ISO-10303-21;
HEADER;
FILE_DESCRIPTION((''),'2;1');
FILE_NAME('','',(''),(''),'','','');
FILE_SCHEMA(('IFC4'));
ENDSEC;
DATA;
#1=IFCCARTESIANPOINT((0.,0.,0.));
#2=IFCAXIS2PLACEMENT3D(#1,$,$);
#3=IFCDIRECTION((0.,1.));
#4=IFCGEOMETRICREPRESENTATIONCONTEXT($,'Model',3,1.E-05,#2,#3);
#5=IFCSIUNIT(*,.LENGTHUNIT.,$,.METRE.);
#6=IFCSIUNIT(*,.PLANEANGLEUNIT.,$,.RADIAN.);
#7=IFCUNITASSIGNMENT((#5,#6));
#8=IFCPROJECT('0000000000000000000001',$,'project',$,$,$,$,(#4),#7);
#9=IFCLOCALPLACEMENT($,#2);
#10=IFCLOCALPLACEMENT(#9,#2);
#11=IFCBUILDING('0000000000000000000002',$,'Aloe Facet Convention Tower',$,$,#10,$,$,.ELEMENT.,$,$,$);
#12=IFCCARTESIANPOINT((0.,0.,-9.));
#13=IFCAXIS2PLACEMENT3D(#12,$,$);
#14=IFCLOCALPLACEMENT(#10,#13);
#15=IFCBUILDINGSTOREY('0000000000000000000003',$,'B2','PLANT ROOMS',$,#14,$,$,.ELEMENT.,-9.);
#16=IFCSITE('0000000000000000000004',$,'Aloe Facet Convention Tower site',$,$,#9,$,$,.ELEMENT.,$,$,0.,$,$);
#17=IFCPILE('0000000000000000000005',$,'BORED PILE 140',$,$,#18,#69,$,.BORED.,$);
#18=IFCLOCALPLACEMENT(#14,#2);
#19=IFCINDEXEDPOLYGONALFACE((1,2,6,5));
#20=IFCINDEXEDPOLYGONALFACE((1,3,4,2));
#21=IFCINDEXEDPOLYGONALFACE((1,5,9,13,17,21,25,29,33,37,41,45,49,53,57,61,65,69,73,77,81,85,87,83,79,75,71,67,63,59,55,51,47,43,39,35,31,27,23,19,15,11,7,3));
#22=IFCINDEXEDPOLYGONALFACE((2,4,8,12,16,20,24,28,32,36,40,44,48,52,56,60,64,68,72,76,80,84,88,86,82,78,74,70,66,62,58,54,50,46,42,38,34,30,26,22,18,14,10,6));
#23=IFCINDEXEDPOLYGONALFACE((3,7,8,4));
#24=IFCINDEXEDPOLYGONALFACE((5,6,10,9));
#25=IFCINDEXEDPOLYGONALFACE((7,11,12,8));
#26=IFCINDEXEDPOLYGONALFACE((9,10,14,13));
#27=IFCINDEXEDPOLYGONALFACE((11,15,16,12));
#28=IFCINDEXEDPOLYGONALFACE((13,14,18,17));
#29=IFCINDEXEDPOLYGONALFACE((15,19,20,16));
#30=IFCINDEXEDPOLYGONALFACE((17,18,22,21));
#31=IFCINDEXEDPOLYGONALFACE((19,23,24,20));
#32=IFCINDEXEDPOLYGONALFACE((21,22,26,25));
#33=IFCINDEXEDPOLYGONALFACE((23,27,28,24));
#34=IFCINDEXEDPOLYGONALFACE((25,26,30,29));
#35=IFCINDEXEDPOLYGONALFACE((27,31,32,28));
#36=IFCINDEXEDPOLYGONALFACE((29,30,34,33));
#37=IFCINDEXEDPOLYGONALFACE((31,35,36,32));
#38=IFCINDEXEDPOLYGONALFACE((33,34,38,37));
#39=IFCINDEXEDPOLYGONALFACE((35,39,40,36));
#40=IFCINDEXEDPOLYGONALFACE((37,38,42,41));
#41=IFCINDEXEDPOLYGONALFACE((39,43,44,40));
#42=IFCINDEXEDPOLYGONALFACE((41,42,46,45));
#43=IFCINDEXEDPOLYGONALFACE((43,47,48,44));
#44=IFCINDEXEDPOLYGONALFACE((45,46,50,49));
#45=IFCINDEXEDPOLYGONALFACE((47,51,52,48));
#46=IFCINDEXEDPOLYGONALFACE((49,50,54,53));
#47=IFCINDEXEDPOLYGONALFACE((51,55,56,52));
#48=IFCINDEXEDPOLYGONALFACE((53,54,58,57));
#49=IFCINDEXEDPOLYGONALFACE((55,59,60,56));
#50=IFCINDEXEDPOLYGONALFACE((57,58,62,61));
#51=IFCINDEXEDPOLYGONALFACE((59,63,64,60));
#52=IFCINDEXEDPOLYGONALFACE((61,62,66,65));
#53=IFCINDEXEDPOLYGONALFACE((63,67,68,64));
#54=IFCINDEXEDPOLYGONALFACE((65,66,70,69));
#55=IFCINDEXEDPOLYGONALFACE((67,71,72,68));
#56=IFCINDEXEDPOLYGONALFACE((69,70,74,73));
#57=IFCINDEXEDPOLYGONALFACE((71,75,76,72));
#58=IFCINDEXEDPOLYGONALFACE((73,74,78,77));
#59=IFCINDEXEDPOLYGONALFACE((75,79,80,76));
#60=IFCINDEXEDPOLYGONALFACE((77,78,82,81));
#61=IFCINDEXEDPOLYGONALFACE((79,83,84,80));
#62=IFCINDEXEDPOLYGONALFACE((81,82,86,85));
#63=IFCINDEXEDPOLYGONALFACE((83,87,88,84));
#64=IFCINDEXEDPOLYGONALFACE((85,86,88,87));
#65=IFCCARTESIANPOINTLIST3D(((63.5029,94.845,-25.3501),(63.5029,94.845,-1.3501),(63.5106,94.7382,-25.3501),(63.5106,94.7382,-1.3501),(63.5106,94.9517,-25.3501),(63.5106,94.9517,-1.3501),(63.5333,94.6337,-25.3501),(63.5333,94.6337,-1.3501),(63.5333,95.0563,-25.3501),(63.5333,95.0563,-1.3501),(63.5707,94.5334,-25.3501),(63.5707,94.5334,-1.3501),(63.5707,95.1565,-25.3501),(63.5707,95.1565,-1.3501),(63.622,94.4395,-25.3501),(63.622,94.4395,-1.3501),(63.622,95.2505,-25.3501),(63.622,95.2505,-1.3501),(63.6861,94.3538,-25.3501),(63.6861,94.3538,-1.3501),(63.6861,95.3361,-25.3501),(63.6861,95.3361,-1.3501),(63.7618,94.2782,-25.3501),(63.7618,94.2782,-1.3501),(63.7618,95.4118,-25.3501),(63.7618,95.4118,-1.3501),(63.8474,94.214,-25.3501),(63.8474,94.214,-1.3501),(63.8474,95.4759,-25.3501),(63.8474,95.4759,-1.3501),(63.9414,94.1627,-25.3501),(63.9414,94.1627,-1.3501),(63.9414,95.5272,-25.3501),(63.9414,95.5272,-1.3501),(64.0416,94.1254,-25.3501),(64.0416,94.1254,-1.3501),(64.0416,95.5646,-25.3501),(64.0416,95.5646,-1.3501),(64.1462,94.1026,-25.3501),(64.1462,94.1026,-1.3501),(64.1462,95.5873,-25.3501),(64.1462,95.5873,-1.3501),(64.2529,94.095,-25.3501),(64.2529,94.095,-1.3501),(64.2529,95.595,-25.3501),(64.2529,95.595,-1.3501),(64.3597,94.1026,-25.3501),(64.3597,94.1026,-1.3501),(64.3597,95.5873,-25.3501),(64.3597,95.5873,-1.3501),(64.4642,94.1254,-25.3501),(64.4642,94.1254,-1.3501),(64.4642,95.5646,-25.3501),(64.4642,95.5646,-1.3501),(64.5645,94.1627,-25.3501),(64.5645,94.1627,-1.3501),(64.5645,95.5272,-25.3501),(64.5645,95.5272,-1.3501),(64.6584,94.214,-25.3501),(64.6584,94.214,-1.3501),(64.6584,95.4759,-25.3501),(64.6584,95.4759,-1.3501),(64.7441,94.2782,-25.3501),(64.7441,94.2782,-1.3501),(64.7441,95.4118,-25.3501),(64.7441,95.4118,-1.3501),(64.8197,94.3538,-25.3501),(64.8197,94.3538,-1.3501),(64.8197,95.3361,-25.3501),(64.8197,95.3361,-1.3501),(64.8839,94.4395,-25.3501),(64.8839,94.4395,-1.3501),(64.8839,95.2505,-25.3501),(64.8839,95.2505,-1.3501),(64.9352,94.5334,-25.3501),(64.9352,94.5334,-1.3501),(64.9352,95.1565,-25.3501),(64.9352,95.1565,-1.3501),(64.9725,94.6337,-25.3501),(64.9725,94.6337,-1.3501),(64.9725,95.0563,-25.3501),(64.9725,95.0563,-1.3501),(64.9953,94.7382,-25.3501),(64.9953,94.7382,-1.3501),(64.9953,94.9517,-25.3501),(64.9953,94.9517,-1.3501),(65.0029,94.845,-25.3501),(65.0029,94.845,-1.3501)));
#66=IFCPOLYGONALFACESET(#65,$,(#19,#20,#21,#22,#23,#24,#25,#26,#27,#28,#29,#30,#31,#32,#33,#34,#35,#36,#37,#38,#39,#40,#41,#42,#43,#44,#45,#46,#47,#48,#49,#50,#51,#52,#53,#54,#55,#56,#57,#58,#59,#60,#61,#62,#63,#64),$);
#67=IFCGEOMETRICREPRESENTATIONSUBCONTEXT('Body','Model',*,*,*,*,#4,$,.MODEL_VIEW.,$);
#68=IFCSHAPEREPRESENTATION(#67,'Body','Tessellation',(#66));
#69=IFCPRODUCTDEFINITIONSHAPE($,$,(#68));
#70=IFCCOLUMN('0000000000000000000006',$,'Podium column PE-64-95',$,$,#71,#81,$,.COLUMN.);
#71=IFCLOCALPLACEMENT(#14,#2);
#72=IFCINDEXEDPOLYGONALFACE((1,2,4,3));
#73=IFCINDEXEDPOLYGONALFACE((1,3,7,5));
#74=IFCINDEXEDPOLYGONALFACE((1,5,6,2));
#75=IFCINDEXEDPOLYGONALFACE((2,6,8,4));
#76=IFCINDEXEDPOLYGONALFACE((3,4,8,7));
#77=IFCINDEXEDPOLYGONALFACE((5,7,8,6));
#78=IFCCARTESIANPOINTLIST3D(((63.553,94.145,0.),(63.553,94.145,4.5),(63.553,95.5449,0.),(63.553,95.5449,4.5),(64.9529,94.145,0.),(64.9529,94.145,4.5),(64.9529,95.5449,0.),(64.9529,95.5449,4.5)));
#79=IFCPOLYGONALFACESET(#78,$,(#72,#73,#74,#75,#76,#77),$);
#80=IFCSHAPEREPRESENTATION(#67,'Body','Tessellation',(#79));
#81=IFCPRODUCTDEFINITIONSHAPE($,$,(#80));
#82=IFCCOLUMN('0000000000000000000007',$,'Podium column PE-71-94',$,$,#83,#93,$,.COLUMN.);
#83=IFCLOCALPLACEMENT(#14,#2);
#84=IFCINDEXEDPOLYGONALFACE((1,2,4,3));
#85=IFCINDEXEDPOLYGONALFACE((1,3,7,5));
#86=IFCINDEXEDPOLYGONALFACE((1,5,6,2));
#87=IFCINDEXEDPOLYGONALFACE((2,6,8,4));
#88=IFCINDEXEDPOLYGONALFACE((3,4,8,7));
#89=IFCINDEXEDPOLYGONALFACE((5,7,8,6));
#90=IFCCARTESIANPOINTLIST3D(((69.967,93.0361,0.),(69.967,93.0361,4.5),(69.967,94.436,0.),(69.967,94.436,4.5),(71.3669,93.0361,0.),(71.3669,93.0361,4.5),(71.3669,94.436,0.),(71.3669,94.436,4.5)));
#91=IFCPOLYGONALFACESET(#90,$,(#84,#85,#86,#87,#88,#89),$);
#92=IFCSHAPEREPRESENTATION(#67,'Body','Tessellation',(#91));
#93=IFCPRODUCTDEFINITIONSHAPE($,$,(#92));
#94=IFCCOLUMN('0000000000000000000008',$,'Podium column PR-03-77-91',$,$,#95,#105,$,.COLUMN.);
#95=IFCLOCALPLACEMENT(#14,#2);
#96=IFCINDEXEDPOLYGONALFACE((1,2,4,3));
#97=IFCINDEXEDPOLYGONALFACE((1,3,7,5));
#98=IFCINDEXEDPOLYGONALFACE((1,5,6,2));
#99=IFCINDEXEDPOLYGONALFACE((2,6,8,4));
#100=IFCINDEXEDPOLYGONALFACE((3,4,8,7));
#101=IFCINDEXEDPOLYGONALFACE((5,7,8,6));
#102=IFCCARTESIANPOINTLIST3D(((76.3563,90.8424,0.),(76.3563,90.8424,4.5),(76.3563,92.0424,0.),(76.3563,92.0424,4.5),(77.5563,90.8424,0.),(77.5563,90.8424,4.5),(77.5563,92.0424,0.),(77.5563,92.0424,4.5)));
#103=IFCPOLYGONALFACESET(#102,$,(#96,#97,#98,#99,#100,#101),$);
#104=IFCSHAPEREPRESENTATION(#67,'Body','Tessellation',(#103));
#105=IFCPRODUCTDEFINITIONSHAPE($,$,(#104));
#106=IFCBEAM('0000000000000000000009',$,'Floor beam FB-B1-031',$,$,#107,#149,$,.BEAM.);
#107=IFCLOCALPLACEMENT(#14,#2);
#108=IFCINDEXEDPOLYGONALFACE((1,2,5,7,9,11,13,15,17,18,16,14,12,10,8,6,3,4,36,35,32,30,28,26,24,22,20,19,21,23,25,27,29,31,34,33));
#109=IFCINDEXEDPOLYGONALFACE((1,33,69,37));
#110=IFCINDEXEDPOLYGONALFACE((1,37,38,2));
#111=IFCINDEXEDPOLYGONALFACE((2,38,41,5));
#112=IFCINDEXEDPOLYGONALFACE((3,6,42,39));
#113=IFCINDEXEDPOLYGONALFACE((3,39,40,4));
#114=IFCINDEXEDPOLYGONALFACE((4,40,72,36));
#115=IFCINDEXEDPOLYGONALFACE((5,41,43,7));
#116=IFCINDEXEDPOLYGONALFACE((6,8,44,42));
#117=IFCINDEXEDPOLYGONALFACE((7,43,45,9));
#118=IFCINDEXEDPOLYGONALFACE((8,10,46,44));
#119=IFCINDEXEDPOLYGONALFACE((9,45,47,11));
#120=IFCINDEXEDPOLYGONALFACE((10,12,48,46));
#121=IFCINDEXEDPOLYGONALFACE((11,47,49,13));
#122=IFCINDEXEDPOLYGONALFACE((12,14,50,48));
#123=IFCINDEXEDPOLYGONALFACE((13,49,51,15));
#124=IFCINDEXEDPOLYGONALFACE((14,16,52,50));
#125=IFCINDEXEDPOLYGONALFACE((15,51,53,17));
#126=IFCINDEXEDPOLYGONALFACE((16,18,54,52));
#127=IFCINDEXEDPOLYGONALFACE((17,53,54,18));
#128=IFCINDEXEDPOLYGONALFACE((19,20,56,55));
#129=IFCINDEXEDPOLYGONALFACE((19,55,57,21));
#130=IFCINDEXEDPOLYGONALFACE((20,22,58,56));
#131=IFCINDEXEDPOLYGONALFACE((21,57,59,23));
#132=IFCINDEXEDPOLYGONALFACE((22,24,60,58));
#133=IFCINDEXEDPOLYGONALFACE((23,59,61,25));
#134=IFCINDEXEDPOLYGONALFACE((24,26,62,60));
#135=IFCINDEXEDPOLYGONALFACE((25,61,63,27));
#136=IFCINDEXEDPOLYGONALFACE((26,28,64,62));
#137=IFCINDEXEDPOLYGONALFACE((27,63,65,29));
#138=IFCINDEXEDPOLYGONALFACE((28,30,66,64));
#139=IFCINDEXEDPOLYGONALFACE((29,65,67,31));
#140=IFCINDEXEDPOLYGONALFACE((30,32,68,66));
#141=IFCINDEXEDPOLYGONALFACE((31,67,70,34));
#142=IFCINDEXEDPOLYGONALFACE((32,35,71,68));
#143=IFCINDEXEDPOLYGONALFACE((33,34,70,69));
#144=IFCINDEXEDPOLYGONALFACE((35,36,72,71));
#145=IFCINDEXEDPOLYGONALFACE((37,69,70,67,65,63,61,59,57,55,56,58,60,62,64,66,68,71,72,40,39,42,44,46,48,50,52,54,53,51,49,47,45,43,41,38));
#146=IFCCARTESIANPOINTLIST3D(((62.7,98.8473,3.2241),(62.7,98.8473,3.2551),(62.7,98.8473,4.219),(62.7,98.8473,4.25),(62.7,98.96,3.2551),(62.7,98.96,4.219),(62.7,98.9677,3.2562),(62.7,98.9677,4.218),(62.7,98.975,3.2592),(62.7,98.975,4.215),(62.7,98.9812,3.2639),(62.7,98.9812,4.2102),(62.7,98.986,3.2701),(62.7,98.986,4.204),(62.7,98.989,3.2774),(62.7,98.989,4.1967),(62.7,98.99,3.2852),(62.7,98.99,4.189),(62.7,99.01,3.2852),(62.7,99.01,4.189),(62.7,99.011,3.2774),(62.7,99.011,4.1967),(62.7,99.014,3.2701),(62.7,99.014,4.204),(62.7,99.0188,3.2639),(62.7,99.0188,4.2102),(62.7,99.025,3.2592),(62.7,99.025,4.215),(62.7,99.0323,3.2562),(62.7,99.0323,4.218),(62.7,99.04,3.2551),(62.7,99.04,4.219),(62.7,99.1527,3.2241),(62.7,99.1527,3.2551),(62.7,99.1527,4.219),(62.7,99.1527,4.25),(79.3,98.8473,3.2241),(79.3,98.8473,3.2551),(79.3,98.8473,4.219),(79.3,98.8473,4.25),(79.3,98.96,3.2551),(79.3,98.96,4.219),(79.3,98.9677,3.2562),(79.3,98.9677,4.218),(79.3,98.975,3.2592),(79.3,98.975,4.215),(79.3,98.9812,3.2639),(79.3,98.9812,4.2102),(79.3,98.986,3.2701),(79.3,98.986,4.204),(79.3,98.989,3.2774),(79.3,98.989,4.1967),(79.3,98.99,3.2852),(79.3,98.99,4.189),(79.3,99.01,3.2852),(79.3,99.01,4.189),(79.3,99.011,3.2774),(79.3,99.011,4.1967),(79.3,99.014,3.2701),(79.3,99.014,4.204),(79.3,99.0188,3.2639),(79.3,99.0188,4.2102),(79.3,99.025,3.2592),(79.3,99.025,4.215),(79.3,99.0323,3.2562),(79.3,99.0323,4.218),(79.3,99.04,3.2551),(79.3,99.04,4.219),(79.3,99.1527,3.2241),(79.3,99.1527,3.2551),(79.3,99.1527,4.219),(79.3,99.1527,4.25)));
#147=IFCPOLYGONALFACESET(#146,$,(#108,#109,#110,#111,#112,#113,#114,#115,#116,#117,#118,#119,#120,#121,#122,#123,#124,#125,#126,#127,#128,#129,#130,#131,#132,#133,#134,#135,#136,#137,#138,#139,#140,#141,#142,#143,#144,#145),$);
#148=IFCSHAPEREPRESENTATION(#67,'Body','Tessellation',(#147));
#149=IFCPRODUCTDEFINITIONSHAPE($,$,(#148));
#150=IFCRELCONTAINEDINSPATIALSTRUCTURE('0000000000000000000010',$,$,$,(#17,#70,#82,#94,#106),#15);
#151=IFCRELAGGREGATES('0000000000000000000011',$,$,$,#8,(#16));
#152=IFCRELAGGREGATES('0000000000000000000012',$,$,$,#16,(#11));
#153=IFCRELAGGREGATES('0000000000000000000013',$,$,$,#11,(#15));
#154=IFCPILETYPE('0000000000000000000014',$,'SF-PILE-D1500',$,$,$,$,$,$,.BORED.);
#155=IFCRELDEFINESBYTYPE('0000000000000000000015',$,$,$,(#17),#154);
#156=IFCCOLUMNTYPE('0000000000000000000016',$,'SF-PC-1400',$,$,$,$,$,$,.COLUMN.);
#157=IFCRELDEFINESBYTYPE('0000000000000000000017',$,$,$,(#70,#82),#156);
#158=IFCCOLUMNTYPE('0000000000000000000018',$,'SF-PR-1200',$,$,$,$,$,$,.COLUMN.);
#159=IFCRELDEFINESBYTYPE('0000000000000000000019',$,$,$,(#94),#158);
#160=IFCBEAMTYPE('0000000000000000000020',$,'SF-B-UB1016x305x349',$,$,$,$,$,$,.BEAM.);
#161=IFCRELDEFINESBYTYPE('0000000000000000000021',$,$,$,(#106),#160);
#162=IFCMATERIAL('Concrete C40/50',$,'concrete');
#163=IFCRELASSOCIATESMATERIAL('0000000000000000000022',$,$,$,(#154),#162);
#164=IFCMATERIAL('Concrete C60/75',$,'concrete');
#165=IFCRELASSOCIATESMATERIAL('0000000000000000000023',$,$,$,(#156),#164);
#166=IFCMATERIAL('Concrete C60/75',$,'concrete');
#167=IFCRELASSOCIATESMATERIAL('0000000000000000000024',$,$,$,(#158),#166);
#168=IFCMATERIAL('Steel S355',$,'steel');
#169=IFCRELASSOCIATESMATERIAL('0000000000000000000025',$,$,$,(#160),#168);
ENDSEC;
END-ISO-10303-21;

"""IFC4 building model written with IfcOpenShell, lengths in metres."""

from ifc_helpers import new_model, si_unit, direction, frame, origin, origin_2d, place, context, subcontext, project, spatial, rectangle, circle, i_section, extrude, material, material_profile, profile_set, type_object, element, save


model = new_model("IFC4")

# Units and contexts
model_context = context("Model", 3, precision=1e-05, world=origin(), true_north=direction((0.0, 1.0)))
body_context = subcontext(model_context, "Body", "Model", "MODEL_VIEW")
ifc_project = project(units=[si_unit("LENGTHUNIT", "METRE"), si_unit("PLANEANGLEUNIT", "RADIAN")], contexts=[model_context])

# Site, building, storey
site_placement = place(None, origin())
site = spatial("IfcSite", under=ifc_project, at=site_placement, Name="Aloe Facet Convention Tower site", CompositionType="ELEMENT", RefElevation=0.0)
building_placement = place(site_placement, origin())
building = spatial("IfcBuilding", under=site, at=building_placement, Name="Aloe Facet Convention Tower", CompositionType="ELEMENT")
storey_placement = place(building_placement, frame((0.0, 0.0, -9.0)))
storey = spatial("IfcBuildingStorey", under=building, at=storey_placement, Name="B2", Description="PLANT ROOMS", CompositionType="ELEMENT", Elevation=-9.0)

# Pile
ifc_material_1 = material(Name="Concrete C40/50", Category="concrete")
ifc_material_profile_1 = material_profile(ifc_material_1, circle(Radius=0.75, at=origin_2d()), Name="D1500")
ifc_profile_set_1 = profile_set([ifc_material_profile_1], Name="Concrete C40/50")
pile_type = type_object("IfcPileType", Name="SF-PILE-D1500", PredefinedType="BORED", material=ifc_profile_set_1)
for number, where, z_axis, x_axis, name in (
    (1, (64.2529, 94.845, -1.3501), (0.0, 0.0, -1.0), (1.0, 0.0, 0.0), "BORED PILE 140"),
):
    element("IfcPile", number, at=place(storey_placement, frame(where, z_axis=z_axis, x_axis=x_axis)), inside=storey, type_object=pile_type, Name=name, PredefinedType="BORED", context=body_context, shape_type="SweptSolid", body=[
        extrude(circle(Radius=0.75, at=origin_2d()), origin(), (0.0, 0.0, 1.0), 24.0),
    ])

# Columns
ifc_material_2 = material(Name="Concrete C60/75", Category="concrete")
ifc_material_profile_2 = material_profile(ifc_material_2, rectangle(XDim=1.3999, YDim=1.3999, at=origin_2d()), Name="SF-PC-1400")
ifc_profile_set_2 = profile_set([ifc_material_profile_2], Name="Concrete C60/75")
column_type_1 = type_object("IfcColumnType", Name="SF-PC-1400", PredefinedType="COLUMN", material=ifc_profile_set_2)
for number, where, z_axis, x_axis, name in (
    (2, (64.2529, 94.845, 0.0), (0.0, 0.0, 1.0), (1.0, 0.0, 0.0), "Podium column PE-64-95"),
    (3, (70.667, 93.7361, 0.0), (0.0, 0.0, 1.0), (1.0, 0.0, 0.0), "Podium column PE-71-94"),
):
    element("IfcColumn", number, at=place(storey_placement, frame(where, z_axis=z_axis, x_axis=x_axis)), inside=storey, type_object=column_type_1, Name=name, PredefinedType="COLUMN", context=body_context, shape_type="SweptSolid", body=[
        extrude(rectangle(XDim=1.3999, YDim=1.3999, at=origin_2d()), origin(), (0.0, 0.0, 1.0), 4.5),
    ])
ifc_material_3 = material(Name="Concrete C60/75", Category="concrete")
ifc_material_profile_3 = material_profile(ifc_material_3, rectangle(XDim=1.2, YDim=1.2, at=origin_2d()), Name="SF-PR-1200")
ifc_profile_set_3 = profile_set([ifc_material_profile_3], Name="Concrete C60/75")
column_type_2 = type_object("IfcColumnType", Name="SF-PR-1200", PredefinedType="COLUMN", material=ifc_profile_set_3)
column_placement = place(storey_placement, frame((76.9563, 91.4424, 0.0), z_axis=(0.0, 0.0, 1.0), x_axis=(1.0, 0.0, 0.0)))
element("IfcColumn", 4, at=column_placement, inside=storey, type_object=column_type_2, Name="Podium column PR-03-77-91", PredefinedType="COLUMN", context=body_context, shape_type="SweptSolid", body=[
    extrude(rectangle(XDim=1.2, YDim=1.2, at=origin_2d()), origin(), (0.0, 0.0, 1.0), 4.5),
])

# Beam
ifc_material_4 = material(Name="Steel S355", Category="steel")
ifc_material_profile_4 = material_profile(ifc_material_4, i_section(OverallWidth=0.3054, OverallDepth=1.0259, WebThickness=0.02, FlangeThickness=0.031, FilletRadius=0.03, at=origin_2d()), Name="UB 1016x305x349")
ifc_profile_set_4 = profile_set([ifc_material_profile_4], Name="Steel S355")
beam_type_1 = type_object("IfcBeamType", Name="SF-B-UB1016x305x349", PredefinedType="BEAM", material=ifc_profile_set_4)
beam_1_placement = place(storey_placement, frame((62.7, 99.0, 3.7371), z_axis=(1.0, 0.0, 0.0), x_axis=(0.0, 1.0, 0.0)))
element("IfcBeam", 5, at=beam_1_placement, inside=storey, type_object=beam_type_1, Name="Floor beam FB-B1-031", PredefinedType="BEAM", context=body_context, shape_type="SweptSolid", body=[
    extrude(i_section(OverallWidth=0.3054, OverallDepth=1.0259, WebThickness=0.02, FlangeThickness=0.031, FilletRadius=0.03, at=origin_2d()), origin(), (0.0, 0.0, 1.0), 16.6001),
])

save(model, "model.ifc")
